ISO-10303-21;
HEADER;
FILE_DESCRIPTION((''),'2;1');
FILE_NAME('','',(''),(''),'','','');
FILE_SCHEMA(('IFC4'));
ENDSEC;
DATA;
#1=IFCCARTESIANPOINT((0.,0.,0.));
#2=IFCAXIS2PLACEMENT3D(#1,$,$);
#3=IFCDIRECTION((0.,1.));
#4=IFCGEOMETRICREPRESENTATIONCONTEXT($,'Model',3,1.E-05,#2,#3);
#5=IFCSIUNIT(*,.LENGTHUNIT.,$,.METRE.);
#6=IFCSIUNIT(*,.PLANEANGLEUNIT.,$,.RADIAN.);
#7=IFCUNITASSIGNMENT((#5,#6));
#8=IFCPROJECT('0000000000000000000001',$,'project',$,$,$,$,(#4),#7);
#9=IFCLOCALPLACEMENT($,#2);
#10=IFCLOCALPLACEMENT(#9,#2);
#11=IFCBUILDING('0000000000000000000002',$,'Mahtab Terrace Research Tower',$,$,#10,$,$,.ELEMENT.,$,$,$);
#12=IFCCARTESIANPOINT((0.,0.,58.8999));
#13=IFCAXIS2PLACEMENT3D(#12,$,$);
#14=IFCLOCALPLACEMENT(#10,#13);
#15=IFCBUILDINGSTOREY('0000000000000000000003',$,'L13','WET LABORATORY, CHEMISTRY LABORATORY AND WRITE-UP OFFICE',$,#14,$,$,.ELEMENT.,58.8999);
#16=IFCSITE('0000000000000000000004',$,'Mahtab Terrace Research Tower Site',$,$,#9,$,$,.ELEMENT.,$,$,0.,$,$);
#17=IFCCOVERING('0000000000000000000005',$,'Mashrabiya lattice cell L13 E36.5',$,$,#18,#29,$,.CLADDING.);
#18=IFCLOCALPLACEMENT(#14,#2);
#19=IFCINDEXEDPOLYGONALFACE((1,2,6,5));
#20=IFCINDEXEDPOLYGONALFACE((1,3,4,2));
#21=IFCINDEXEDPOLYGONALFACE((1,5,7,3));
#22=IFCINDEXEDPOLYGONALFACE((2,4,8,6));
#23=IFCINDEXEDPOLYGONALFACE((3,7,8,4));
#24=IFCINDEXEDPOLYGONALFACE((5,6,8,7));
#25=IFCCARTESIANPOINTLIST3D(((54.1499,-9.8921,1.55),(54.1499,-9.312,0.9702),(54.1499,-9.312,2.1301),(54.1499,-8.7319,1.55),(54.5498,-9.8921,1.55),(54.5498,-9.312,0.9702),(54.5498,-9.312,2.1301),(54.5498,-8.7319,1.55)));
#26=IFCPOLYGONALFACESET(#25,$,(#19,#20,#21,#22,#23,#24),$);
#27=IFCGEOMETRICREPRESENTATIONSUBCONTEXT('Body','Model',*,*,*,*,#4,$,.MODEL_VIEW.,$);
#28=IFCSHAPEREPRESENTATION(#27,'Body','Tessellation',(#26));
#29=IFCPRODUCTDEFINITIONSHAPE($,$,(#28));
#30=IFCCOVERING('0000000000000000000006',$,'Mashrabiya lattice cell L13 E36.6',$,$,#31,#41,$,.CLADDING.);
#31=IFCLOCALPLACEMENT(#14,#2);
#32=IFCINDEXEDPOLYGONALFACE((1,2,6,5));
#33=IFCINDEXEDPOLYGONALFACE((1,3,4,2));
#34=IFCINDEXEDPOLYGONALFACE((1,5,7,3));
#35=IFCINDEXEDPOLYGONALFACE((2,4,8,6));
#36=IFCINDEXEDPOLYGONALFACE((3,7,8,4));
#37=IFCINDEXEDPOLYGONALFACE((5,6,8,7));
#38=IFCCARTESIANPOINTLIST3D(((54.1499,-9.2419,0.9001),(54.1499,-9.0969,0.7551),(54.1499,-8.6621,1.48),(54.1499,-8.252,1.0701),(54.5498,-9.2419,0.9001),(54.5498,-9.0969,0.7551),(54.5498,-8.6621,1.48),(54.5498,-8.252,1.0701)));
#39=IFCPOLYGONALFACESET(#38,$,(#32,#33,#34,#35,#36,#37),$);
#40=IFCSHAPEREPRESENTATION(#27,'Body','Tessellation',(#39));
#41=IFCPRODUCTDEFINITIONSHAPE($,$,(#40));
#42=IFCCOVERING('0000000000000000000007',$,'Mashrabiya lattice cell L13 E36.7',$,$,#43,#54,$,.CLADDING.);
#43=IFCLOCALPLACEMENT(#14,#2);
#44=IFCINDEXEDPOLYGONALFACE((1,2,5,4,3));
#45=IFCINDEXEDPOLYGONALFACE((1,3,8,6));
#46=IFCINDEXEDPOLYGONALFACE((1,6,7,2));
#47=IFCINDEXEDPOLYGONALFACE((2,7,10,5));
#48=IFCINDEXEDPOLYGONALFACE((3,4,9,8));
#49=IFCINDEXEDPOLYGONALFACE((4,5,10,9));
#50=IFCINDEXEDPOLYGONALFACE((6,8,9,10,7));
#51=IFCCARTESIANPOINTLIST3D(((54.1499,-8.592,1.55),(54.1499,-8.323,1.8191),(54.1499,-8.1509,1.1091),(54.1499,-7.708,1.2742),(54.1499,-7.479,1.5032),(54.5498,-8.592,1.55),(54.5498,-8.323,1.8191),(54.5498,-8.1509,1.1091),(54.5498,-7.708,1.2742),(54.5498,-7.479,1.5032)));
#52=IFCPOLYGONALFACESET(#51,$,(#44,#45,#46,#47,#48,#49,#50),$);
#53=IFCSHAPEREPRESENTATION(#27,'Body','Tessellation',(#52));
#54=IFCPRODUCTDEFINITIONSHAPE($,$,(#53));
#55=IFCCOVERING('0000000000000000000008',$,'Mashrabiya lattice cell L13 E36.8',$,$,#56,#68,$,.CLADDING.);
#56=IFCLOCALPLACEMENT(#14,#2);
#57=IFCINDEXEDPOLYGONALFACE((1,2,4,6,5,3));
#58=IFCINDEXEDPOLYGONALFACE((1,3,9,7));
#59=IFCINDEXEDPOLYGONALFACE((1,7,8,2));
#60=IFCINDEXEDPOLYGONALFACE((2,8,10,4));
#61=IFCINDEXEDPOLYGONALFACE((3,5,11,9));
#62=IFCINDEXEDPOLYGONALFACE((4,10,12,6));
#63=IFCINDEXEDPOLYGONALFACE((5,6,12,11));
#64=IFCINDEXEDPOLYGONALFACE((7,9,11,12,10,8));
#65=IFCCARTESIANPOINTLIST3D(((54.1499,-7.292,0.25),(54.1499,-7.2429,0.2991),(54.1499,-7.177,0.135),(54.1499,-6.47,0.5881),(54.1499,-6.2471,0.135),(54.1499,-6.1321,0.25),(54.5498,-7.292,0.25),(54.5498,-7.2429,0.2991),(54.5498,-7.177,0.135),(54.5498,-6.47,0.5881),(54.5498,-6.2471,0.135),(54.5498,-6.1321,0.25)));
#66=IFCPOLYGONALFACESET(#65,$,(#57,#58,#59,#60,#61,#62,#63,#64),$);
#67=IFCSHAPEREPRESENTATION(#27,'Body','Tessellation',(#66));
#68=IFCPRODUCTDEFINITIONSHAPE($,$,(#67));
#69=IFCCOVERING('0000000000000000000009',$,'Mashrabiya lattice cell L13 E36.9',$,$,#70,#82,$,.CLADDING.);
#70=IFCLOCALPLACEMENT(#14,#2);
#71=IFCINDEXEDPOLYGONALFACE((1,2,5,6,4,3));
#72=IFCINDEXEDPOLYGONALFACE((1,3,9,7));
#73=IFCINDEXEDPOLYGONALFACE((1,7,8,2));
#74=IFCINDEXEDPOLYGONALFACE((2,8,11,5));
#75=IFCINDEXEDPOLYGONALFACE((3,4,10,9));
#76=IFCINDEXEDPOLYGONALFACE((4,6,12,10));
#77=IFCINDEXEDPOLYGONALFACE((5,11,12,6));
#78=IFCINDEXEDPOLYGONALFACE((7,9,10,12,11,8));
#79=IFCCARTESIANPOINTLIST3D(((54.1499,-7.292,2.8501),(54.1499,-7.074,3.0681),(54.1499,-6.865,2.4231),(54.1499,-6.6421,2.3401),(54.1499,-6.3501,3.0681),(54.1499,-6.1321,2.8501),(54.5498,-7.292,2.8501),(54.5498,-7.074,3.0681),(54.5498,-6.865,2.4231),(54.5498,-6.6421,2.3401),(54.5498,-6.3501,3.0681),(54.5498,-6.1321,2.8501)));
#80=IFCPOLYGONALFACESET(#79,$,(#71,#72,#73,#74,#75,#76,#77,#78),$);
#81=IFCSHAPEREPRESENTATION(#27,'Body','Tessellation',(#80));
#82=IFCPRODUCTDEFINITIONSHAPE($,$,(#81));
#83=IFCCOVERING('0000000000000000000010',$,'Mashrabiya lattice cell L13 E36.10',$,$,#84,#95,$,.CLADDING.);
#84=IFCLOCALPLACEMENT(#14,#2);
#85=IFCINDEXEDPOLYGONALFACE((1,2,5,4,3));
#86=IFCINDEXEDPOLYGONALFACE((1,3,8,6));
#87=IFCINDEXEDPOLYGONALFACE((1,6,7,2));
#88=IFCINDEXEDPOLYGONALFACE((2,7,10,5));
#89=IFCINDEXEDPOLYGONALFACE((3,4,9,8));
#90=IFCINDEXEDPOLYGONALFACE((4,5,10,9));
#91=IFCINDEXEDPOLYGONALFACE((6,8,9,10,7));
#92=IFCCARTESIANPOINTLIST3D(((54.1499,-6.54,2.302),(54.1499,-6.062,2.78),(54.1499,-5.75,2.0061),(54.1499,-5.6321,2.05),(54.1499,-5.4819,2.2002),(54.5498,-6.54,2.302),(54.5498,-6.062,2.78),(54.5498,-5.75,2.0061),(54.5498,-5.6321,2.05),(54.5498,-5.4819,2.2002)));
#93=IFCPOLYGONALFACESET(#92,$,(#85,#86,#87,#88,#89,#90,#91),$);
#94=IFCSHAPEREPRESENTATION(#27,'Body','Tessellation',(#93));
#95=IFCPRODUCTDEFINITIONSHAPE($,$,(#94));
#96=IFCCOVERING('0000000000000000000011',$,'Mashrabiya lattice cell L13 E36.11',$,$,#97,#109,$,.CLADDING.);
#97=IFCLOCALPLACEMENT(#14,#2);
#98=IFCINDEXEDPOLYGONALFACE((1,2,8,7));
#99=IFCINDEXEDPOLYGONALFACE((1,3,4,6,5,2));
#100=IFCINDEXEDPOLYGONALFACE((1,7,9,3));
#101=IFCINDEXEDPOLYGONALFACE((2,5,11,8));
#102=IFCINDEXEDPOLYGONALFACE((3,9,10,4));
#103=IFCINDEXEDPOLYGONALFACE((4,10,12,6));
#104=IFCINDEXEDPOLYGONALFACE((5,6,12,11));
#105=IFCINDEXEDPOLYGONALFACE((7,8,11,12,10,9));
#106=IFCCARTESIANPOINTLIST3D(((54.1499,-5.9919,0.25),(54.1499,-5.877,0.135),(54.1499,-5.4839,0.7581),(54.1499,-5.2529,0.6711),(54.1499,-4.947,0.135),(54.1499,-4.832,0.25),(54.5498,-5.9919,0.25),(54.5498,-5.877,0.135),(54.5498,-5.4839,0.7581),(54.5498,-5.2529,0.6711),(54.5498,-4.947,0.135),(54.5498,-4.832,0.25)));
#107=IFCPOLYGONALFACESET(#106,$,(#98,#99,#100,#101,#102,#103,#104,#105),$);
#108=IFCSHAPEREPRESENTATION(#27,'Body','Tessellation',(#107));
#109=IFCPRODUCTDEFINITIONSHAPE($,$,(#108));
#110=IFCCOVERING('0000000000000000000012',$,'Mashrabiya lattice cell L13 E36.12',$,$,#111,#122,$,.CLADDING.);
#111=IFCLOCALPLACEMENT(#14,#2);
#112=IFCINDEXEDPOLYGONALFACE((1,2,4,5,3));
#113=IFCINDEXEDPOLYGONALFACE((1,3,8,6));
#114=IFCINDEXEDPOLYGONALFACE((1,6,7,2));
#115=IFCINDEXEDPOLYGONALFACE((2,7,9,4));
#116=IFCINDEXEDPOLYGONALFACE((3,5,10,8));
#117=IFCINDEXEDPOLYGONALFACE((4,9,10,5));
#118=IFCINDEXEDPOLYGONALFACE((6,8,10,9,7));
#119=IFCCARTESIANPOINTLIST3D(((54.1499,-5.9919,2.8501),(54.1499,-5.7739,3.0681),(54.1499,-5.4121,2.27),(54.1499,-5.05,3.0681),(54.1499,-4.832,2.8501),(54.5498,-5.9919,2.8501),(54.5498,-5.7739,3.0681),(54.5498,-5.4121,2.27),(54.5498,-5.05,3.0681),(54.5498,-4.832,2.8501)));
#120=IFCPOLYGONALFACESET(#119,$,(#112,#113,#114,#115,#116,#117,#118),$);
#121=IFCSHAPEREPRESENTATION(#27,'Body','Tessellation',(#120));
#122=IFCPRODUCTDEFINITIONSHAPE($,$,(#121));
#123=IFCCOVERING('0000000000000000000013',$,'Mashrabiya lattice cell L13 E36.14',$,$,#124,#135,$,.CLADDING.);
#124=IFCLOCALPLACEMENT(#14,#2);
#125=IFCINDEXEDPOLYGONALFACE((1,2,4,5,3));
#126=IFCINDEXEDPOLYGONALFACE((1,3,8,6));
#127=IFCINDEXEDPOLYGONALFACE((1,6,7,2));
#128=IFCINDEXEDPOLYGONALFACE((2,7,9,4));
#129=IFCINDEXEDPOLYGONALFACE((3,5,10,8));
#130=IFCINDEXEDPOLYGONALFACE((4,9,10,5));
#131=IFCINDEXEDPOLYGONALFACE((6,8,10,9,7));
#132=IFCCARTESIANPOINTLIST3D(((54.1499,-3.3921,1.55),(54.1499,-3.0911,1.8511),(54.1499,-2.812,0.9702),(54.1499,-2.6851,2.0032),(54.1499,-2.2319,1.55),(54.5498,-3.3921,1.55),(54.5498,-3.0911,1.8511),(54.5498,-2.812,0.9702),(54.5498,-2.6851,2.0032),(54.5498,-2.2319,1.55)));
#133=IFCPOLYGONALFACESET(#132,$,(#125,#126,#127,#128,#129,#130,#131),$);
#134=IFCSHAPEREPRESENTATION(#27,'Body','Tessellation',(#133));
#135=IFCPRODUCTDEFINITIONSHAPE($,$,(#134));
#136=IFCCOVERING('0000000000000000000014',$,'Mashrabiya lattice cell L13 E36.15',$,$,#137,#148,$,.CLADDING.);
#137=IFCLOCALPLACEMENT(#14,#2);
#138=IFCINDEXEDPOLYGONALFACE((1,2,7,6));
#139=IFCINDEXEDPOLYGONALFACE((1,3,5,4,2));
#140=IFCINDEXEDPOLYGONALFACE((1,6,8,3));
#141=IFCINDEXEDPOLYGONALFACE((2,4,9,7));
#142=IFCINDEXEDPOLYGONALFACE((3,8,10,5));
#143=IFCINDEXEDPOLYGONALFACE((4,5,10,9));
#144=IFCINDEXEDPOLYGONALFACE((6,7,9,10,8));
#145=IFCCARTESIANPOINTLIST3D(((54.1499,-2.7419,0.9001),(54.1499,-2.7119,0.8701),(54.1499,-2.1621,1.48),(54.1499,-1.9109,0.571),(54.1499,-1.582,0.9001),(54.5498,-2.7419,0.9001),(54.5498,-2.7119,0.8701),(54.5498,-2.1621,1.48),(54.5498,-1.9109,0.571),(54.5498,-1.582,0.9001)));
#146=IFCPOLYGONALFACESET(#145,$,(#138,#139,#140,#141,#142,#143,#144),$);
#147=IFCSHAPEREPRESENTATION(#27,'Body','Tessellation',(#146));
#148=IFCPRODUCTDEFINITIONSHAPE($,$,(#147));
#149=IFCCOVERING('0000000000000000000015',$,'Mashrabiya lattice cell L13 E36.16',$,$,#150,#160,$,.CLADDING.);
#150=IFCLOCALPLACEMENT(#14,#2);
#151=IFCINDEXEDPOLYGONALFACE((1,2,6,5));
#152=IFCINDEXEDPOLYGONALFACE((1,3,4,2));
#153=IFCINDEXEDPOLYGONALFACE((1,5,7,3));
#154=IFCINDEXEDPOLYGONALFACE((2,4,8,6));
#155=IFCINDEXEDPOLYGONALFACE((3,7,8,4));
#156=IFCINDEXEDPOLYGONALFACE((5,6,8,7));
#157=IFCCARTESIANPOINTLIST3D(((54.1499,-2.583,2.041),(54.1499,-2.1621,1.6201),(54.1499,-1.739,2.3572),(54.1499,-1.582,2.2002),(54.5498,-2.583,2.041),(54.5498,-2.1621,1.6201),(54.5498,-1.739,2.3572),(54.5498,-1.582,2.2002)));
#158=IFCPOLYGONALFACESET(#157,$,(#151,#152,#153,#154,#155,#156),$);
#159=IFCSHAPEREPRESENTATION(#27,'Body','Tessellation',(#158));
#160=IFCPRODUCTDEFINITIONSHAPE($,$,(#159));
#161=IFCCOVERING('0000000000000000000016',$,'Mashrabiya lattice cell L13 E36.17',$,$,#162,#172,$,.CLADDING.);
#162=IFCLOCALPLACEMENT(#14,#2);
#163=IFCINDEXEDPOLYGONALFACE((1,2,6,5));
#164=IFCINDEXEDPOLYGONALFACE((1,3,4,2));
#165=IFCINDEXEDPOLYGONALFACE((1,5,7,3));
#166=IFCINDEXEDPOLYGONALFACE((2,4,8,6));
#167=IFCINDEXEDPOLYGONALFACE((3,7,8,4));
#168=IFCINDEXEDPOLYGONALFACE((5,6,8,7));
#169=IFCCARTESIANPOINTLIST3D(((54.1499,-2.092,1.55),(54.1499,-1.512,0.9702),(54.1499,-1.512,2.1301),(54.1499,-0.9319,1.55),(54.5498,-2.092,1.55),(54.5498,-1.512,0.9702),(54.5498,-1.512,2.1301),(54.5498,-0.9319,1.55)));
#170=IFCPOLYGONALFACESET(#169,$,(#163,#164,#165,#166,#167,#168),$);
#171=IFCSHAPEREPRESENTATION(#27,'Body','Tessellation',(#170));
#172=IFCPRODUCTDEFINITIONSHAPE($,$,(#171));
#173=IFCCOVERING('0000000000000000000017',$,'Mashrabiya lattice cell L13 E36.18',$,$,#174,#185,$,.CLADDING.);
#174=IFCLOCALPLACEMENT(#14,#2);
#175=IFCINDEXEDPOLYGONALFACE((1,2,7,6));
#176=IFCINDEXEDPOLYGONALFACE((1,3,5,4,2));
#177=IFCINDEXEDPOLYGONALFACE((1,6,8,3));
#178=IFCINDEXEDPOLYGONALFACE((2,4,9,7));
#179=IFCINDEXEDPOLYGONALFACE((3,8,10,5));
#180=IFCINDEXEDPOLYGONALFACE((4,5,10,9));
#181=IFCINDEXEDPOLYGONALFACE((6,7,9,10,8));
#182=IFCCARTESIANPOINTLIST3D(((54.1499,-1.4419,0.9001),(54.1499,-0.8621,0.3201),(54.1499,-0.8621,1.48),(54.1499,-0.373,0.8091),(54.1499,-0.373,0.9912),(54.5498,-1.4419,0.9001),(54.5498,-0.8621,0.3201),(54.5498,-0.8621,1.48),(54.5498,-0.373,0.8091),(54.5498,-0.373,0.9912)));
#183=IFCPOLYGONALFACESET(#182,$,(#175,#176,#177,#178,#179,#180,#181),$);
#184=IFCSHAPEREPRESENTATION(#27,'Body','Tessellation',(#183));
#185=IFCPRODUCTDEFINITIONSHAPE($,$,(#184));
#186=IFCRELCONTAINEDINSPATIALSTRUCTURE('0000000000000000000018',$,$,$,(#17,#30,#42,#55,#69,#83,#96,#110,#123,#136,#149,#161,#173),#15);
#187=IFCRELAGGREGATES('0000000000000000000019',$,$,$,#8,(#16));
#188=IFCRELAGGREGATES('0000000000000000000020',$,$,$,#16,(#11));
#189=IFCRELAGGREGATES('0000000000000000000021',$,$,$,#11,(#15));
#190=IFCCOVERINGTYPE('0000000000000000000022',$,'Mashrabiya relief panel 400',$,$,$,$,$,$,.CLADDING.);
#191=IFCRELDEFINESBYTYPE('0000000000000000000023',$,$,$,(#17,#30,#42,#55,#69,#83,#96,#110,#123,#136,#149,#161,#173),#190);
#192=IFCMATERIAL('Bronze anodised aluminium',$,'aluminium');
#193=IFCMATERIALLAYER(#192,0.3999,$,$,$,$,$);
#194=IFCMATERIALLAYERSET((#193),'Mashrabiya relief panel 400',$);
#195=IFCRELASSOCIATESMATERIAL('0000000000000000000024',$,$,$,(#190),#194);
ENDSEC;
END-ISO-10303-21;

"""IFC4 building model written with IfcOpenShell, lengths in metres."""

from ifc_helpers import new_model, si_unit, direction, frame, origin, place, context, subcontext, project, spatial, polyline, outline, extrude, material, layer, layer_set, type_object, element, save


model = new_model("IFC4")

# Units and contexts
model_context = context("Model", 3, precision=1e-05, world=origin(), true_north=direction((0.0, 1.0)))
body_context = subcontext(model_context, "Body", "Model", "MODEL_VIEW")
ifc_project = project(units=[si_unit("LENGTHUNIT", "METRE"), si_unit("PLANEANGLEUNIT", "RADIAN")], contexts=[model_context])

# Site, building, storey
site_placement = place(None, origin())
site = spatial("IfcSite", under=ifc_project, at=site_placement, Name="Mahtab Terrace Research Tower Site", CompositionType="ELEMENT", RefElevation=0.0)
building_placement = place(site_placement, origin())
building = spatial("IfcBuilding", under=site, at=building_placement, Name="Mahtab Terrace Research Tower", CompositionType="ELEMENT")
storey_placement = place(building_placement, frame((0.0, 0.0, 58.8999)))
storey = spatial("IfcBuildingStorey", under=building, at=storey_placement, Name="L13", Description="WET LABORATORY, CHEMISTRY LABORATORY AND WRITE-UP OFFICE", CompositionType="ELEMENT", Elevation=58.8999)

# Coverings
ifc_material_1 = material(Name="Bronze anodised aluminium", Category="aluminium")
ifc_layer_1 = layer(ifc_material_1, 0.3999)
ifc_layer_set_1 = layer_set([ifc_layer_1], Name="Mashrabiya relief panel 400")
covering_type = type_object("IfcCoveringType", Name="Mashrabiya relief panel 400", PredefinedType="CLADDING", material=ifc_layer_set_1)
covering_1_placement = place(storey_placement, frame((54.1499, -9.312, 2.1301), z_axis=(-1.0, 0.0, 0.0), x_axis=(0.0, 0.707107, -0.707107)))
element("IfcCovering", 1, at=covering_1_placement, inside=storey, type_object=covering_type, Name="Mashrabiya lattice cell L13 E36.5", PredefinedType="CLADDING", context=body_context, shape_type="SweptSolid", body=[
    extrude(outline(polyline([(0.0, 0.0), (0.8204, 0.0), (0.8202, 0.8202), (0.0, 0.8204), (0.0, 0.0)])), origin(), (0.0, 0.0, -1.0), 0.3999),
])
covering_2_placement = place(storey_placement, frame((54.1499, -9.2419, 0.9001), z_axis=(-1.0, 0.0, 0.0), x_axis=(0.0, 0.707107, 0.707107)))
element("IfcCovering", 2, at=covering_2_placement, inside=storey, type_object=covering_type, Name="Mashrabiya lattice cell L13 E36.6", PredefinedType="CLADDING", context=body_context, shape_type="SweptSolid", body=[
    extrude(outline(polyline([(0.0, 0.0), (0.82, 0.0), (0.8202, 0.5799), (0.0, 0.2051), (0.0, 0.0)])), origin(), (0.0, 0.0, -1.0), 0.3999),
])
covering_3_placement = place(storey_placement, frame((54.1499, -8.592, 1.55), z_axis=(-1.0, 0.0, 0.0), x_axis=(0.0, 0.707107, 0.707107)))
element("IfcCovering", 3, at=covering_3_placement, inside=storey, type_object=covering_type, Name="Mashrabiya lattice cell L13 E36.7", PredefinedType="CLADDING", context=body_context, shape_type="SweptSolid", body=[
    extrude(outline(polyline([(0.0, 0.0), (0.3805, 0.0), (0.7539, 0.8202), (0.43, 0.8202), (0.0002, 0.6237), (0.0, 0.0)])), origin(), (0.0, 0.0, -1.0), 0.3999),
])
covering_4_placement = place(storey_placement, frame((54.1499, -7.292, 0.25), z_axis=(-1.0, 0.0, 0.0), x_axis=(0.0, 0.707107, 0.707107)))
element("IfcCovering", 4, at=covering_4_placement, inside=storey, type_object=covering_type, Name="Mashrabiya lattice cell L13 E36.8", PredefinedType="CLADDING", context=body_context, shape_type="SweptSolid", body=[
    extrude(outline(polyline([(0.0, 0.0), (0.0694, 0.0), (0.8204, 0.3422), (0.8202, 0.8202), (0.6576, 0.8202), (0.0, 0.1626), (0.0, 0.0)])), origin(), (0.0, 0.0, -1.0), 0.3999),
])
covering_5_placement = place(storey_placement, frame((54.1499, -7.292, 2.8501), z_axis=(-1.0, 0.0, 0.0), x_axis=(0.0, 0.707107, 0.707107)))
element("IfcCovering", 5, at=covering_5_placement, inside=storey, type_object=covering_type, Name="Mashrabiya lattice cell L13 E36.9", PredefinedType="CLADDING", context=body_context, shape_type="SweptSolid", body=[
    extrude(outline(polyline([(0.0, 0.0), (0.3083, 0.0), (0.8202, 0.5119), (0.8202, 0.8202), (0.0989, 0.8202), (0.0, 0.6039), (0.0, 0.0)])), origin(), (0.0, 0.0, -1.0), 0.3999),
])
covering_6_placement = place(storey_placement, frame((54.1499, -6.062, 2.78), z_axis=(-1.0, 0.0, 0.0), x_axis=(0.0, 0.707256, -0.706958)))
element("IfcCovering", 6, at=covering_6_placement, inside=storey, type_object=covering_type, Name="Mashrabiya lattice cell L13 E36.10", PredefinedType="CLADDING", context=body_context, shape_type="SweptSolid", body=[
    extrude(outline(polyline([(0.0, 0.0), (0.8202, 0.0), (0.8201, 0.2123), (0.7678, 0.3268), (-0.0001, 0.676), (0.0, 0.0)])), origin(), (0.0, 0.0, -1.0), 0.3999),
])
covering_7_placement = place(storey_placement, frame((54.1499, -5.9919, 0.25), z_axis=(-1.0, 0.0, 0.0), x_axis=(0.0, 0.707107, 0.707107)))
element("IfcCovering", 7, at=covering_7_placement, inside=storey, type_object=covering_type, Name="Mashrabiya lattice cell L13 E36.11", PredefinedType="CLADDING", context=body_context, shape_type="SweptSolid", body=[
    extrude(outline(polyline([(0.0, 0.0), (0.7185, 0.0), (0.8204, 0.2248), (0.8202, 0.8202), (0.6576, 0.8202), (0.0, 0.1626), (0.0, 0.0)])), origin(), (0.0, 0.0, -1.0), 0.3999),
])
covering_8_placement = place(storey_placement, frame((54.1499, -4.832, 2.8501), z_axis=(-1.0, 0.0, 0.0), x_axis=(0.0, -0.707107, -0.707107)))
element("IfcCovering", 8, at=covering_8_placement, inside=storey, type_object=covering_type, Name="Mashrabiya lattice cell L13 E36.12", PredefinedType="CLADDING", context=body_context, shape_type="SweptSolid", body=[
    extrude(outline(polyline([(0.0, 0.0), (0.8204, 0.0), (0.8202, 0.8202), (0.5119, 0.8202), (0.0, 0.3083), (0.0, 0.0)])), origin(), (0.0, 0.0, -1.0), 0.3999),
])
covering_9_placement = place(storey_placement, frame((54.1499, -2.2319, 1.55), z_axis=(-1.0, 0.0, 0.0), x_axis=(0.0, -0.707256, -0.706958)))
element("IfcCovering", 9, at=covering_9_placement, inside=storey, type_object=covering_type, Name="Mashrabiya lattice cell L13 E36.14", PredefinedType="CLADDING", context=body_context, shape_type="SweptSolid", body=[
    extrude(outline(polyline([(0.0, 0.0), (0.8202, 0.0), (0.8205, 0.8202), (0.3948, 0.8203), (0.0001, 0.6408), (0.0, 0.0)])), origin(), (0.0, 0.0, -1.0), 0.3999),
])
covering_10_placement = place(storey_placement, frame((54.1499, -2.7419, 0.9001), z_axis=(-1.0, 0.0, 0.0), x_axis=(0.0, 0.707107, 0.707107)))
element("IfcCovering", 10, at=covering_10_placement, inside=storey, type_object=covering_type, Name="Mashrabiya lattice cell L13 E36.15", PredefinedType="CLADDING", context=body_context, shape_type="SweptSolid", body=[
    extrude(outline(polyline([(0.0, 0.0), (0.82, 0.0), (0.8202, 0.8202), (0.3549, 0.8204), (0.0, 0.0425), (0.0, 0.0)])), origin(), (0.0, 0.0, -1.0), 0.3999),
])
covering_11_placement = place(storey_placement, frame((54.1499, -1.582, 2.2002), z_axis=(-1.0, 0.0, 0.0), x_axis=(0.0, -0.707107, -0.707107)))
element("IfcCovering", 11, at=covering_11_placement, inside=storey, type_object=covering_type, Name="Mashrabiya lattice cell L13 E36.16", PredefinedType="CLADDING", context=body_context, shape_type="SweptSolid", body=[
    extrude(outline(polyline([(0.0, 0.0), (0.8204, 0.0), (0.8204, 0.5952), (0.0, 0.222), (0.0, 0.0)])), origin(), (0.0, 0.0, -1.0), 0.3999),
])
covering_12_placement = place(storey_placement, frame((54.1499, -1.512, 2.1301), z_axis=(-1.0, 0.0, 0.0), x_axis=(0.0, 0.707107, -0.707107)))
element("IfcCovering", 12, at=covering_12_placement, inside=storey, type_object=covering_type, Name="Mashrabiya lattice cell L13 E36.17", PredefinedType="CLADDING", context=body_context, shape_type="SweptSolid", body=[
    extrude(outline(polyline([(0.0, 0.0), (0.8204, 0.0), (0.8202, 0.8202), (0.0, 0.8204), (0.0, 0.0)])), origin(), (0.0, 0.0, -1.0), 0.3999),
])
covering_13_placement = place(storey_placement, frame((54.1499, -0.8621, 0.3201), z_axis=(-1.0, 0.0, 0.0), x_axis=(0.0, -0.706958, 0.707256)))
element("IfcCovering", 13, at=covering_13_placement, inside=storey, type_object=covering_type, Name="Mashrabiya lattice cell L13 E36.18", PredefinedType="CLADDING", context=body_context, shape_type="SweptSolid", body=[
    extrude(outline(polyline([(0.0, 0.0), (0.8202, 0.0), (0.8204, 0.82), (0.129, 0.8203), (0.0001, 0.6916), (0.0, 0.0)])), origin(), (0.0, 0.0, -1.0), 0.3999),
])

save(model, "model.ifc")
